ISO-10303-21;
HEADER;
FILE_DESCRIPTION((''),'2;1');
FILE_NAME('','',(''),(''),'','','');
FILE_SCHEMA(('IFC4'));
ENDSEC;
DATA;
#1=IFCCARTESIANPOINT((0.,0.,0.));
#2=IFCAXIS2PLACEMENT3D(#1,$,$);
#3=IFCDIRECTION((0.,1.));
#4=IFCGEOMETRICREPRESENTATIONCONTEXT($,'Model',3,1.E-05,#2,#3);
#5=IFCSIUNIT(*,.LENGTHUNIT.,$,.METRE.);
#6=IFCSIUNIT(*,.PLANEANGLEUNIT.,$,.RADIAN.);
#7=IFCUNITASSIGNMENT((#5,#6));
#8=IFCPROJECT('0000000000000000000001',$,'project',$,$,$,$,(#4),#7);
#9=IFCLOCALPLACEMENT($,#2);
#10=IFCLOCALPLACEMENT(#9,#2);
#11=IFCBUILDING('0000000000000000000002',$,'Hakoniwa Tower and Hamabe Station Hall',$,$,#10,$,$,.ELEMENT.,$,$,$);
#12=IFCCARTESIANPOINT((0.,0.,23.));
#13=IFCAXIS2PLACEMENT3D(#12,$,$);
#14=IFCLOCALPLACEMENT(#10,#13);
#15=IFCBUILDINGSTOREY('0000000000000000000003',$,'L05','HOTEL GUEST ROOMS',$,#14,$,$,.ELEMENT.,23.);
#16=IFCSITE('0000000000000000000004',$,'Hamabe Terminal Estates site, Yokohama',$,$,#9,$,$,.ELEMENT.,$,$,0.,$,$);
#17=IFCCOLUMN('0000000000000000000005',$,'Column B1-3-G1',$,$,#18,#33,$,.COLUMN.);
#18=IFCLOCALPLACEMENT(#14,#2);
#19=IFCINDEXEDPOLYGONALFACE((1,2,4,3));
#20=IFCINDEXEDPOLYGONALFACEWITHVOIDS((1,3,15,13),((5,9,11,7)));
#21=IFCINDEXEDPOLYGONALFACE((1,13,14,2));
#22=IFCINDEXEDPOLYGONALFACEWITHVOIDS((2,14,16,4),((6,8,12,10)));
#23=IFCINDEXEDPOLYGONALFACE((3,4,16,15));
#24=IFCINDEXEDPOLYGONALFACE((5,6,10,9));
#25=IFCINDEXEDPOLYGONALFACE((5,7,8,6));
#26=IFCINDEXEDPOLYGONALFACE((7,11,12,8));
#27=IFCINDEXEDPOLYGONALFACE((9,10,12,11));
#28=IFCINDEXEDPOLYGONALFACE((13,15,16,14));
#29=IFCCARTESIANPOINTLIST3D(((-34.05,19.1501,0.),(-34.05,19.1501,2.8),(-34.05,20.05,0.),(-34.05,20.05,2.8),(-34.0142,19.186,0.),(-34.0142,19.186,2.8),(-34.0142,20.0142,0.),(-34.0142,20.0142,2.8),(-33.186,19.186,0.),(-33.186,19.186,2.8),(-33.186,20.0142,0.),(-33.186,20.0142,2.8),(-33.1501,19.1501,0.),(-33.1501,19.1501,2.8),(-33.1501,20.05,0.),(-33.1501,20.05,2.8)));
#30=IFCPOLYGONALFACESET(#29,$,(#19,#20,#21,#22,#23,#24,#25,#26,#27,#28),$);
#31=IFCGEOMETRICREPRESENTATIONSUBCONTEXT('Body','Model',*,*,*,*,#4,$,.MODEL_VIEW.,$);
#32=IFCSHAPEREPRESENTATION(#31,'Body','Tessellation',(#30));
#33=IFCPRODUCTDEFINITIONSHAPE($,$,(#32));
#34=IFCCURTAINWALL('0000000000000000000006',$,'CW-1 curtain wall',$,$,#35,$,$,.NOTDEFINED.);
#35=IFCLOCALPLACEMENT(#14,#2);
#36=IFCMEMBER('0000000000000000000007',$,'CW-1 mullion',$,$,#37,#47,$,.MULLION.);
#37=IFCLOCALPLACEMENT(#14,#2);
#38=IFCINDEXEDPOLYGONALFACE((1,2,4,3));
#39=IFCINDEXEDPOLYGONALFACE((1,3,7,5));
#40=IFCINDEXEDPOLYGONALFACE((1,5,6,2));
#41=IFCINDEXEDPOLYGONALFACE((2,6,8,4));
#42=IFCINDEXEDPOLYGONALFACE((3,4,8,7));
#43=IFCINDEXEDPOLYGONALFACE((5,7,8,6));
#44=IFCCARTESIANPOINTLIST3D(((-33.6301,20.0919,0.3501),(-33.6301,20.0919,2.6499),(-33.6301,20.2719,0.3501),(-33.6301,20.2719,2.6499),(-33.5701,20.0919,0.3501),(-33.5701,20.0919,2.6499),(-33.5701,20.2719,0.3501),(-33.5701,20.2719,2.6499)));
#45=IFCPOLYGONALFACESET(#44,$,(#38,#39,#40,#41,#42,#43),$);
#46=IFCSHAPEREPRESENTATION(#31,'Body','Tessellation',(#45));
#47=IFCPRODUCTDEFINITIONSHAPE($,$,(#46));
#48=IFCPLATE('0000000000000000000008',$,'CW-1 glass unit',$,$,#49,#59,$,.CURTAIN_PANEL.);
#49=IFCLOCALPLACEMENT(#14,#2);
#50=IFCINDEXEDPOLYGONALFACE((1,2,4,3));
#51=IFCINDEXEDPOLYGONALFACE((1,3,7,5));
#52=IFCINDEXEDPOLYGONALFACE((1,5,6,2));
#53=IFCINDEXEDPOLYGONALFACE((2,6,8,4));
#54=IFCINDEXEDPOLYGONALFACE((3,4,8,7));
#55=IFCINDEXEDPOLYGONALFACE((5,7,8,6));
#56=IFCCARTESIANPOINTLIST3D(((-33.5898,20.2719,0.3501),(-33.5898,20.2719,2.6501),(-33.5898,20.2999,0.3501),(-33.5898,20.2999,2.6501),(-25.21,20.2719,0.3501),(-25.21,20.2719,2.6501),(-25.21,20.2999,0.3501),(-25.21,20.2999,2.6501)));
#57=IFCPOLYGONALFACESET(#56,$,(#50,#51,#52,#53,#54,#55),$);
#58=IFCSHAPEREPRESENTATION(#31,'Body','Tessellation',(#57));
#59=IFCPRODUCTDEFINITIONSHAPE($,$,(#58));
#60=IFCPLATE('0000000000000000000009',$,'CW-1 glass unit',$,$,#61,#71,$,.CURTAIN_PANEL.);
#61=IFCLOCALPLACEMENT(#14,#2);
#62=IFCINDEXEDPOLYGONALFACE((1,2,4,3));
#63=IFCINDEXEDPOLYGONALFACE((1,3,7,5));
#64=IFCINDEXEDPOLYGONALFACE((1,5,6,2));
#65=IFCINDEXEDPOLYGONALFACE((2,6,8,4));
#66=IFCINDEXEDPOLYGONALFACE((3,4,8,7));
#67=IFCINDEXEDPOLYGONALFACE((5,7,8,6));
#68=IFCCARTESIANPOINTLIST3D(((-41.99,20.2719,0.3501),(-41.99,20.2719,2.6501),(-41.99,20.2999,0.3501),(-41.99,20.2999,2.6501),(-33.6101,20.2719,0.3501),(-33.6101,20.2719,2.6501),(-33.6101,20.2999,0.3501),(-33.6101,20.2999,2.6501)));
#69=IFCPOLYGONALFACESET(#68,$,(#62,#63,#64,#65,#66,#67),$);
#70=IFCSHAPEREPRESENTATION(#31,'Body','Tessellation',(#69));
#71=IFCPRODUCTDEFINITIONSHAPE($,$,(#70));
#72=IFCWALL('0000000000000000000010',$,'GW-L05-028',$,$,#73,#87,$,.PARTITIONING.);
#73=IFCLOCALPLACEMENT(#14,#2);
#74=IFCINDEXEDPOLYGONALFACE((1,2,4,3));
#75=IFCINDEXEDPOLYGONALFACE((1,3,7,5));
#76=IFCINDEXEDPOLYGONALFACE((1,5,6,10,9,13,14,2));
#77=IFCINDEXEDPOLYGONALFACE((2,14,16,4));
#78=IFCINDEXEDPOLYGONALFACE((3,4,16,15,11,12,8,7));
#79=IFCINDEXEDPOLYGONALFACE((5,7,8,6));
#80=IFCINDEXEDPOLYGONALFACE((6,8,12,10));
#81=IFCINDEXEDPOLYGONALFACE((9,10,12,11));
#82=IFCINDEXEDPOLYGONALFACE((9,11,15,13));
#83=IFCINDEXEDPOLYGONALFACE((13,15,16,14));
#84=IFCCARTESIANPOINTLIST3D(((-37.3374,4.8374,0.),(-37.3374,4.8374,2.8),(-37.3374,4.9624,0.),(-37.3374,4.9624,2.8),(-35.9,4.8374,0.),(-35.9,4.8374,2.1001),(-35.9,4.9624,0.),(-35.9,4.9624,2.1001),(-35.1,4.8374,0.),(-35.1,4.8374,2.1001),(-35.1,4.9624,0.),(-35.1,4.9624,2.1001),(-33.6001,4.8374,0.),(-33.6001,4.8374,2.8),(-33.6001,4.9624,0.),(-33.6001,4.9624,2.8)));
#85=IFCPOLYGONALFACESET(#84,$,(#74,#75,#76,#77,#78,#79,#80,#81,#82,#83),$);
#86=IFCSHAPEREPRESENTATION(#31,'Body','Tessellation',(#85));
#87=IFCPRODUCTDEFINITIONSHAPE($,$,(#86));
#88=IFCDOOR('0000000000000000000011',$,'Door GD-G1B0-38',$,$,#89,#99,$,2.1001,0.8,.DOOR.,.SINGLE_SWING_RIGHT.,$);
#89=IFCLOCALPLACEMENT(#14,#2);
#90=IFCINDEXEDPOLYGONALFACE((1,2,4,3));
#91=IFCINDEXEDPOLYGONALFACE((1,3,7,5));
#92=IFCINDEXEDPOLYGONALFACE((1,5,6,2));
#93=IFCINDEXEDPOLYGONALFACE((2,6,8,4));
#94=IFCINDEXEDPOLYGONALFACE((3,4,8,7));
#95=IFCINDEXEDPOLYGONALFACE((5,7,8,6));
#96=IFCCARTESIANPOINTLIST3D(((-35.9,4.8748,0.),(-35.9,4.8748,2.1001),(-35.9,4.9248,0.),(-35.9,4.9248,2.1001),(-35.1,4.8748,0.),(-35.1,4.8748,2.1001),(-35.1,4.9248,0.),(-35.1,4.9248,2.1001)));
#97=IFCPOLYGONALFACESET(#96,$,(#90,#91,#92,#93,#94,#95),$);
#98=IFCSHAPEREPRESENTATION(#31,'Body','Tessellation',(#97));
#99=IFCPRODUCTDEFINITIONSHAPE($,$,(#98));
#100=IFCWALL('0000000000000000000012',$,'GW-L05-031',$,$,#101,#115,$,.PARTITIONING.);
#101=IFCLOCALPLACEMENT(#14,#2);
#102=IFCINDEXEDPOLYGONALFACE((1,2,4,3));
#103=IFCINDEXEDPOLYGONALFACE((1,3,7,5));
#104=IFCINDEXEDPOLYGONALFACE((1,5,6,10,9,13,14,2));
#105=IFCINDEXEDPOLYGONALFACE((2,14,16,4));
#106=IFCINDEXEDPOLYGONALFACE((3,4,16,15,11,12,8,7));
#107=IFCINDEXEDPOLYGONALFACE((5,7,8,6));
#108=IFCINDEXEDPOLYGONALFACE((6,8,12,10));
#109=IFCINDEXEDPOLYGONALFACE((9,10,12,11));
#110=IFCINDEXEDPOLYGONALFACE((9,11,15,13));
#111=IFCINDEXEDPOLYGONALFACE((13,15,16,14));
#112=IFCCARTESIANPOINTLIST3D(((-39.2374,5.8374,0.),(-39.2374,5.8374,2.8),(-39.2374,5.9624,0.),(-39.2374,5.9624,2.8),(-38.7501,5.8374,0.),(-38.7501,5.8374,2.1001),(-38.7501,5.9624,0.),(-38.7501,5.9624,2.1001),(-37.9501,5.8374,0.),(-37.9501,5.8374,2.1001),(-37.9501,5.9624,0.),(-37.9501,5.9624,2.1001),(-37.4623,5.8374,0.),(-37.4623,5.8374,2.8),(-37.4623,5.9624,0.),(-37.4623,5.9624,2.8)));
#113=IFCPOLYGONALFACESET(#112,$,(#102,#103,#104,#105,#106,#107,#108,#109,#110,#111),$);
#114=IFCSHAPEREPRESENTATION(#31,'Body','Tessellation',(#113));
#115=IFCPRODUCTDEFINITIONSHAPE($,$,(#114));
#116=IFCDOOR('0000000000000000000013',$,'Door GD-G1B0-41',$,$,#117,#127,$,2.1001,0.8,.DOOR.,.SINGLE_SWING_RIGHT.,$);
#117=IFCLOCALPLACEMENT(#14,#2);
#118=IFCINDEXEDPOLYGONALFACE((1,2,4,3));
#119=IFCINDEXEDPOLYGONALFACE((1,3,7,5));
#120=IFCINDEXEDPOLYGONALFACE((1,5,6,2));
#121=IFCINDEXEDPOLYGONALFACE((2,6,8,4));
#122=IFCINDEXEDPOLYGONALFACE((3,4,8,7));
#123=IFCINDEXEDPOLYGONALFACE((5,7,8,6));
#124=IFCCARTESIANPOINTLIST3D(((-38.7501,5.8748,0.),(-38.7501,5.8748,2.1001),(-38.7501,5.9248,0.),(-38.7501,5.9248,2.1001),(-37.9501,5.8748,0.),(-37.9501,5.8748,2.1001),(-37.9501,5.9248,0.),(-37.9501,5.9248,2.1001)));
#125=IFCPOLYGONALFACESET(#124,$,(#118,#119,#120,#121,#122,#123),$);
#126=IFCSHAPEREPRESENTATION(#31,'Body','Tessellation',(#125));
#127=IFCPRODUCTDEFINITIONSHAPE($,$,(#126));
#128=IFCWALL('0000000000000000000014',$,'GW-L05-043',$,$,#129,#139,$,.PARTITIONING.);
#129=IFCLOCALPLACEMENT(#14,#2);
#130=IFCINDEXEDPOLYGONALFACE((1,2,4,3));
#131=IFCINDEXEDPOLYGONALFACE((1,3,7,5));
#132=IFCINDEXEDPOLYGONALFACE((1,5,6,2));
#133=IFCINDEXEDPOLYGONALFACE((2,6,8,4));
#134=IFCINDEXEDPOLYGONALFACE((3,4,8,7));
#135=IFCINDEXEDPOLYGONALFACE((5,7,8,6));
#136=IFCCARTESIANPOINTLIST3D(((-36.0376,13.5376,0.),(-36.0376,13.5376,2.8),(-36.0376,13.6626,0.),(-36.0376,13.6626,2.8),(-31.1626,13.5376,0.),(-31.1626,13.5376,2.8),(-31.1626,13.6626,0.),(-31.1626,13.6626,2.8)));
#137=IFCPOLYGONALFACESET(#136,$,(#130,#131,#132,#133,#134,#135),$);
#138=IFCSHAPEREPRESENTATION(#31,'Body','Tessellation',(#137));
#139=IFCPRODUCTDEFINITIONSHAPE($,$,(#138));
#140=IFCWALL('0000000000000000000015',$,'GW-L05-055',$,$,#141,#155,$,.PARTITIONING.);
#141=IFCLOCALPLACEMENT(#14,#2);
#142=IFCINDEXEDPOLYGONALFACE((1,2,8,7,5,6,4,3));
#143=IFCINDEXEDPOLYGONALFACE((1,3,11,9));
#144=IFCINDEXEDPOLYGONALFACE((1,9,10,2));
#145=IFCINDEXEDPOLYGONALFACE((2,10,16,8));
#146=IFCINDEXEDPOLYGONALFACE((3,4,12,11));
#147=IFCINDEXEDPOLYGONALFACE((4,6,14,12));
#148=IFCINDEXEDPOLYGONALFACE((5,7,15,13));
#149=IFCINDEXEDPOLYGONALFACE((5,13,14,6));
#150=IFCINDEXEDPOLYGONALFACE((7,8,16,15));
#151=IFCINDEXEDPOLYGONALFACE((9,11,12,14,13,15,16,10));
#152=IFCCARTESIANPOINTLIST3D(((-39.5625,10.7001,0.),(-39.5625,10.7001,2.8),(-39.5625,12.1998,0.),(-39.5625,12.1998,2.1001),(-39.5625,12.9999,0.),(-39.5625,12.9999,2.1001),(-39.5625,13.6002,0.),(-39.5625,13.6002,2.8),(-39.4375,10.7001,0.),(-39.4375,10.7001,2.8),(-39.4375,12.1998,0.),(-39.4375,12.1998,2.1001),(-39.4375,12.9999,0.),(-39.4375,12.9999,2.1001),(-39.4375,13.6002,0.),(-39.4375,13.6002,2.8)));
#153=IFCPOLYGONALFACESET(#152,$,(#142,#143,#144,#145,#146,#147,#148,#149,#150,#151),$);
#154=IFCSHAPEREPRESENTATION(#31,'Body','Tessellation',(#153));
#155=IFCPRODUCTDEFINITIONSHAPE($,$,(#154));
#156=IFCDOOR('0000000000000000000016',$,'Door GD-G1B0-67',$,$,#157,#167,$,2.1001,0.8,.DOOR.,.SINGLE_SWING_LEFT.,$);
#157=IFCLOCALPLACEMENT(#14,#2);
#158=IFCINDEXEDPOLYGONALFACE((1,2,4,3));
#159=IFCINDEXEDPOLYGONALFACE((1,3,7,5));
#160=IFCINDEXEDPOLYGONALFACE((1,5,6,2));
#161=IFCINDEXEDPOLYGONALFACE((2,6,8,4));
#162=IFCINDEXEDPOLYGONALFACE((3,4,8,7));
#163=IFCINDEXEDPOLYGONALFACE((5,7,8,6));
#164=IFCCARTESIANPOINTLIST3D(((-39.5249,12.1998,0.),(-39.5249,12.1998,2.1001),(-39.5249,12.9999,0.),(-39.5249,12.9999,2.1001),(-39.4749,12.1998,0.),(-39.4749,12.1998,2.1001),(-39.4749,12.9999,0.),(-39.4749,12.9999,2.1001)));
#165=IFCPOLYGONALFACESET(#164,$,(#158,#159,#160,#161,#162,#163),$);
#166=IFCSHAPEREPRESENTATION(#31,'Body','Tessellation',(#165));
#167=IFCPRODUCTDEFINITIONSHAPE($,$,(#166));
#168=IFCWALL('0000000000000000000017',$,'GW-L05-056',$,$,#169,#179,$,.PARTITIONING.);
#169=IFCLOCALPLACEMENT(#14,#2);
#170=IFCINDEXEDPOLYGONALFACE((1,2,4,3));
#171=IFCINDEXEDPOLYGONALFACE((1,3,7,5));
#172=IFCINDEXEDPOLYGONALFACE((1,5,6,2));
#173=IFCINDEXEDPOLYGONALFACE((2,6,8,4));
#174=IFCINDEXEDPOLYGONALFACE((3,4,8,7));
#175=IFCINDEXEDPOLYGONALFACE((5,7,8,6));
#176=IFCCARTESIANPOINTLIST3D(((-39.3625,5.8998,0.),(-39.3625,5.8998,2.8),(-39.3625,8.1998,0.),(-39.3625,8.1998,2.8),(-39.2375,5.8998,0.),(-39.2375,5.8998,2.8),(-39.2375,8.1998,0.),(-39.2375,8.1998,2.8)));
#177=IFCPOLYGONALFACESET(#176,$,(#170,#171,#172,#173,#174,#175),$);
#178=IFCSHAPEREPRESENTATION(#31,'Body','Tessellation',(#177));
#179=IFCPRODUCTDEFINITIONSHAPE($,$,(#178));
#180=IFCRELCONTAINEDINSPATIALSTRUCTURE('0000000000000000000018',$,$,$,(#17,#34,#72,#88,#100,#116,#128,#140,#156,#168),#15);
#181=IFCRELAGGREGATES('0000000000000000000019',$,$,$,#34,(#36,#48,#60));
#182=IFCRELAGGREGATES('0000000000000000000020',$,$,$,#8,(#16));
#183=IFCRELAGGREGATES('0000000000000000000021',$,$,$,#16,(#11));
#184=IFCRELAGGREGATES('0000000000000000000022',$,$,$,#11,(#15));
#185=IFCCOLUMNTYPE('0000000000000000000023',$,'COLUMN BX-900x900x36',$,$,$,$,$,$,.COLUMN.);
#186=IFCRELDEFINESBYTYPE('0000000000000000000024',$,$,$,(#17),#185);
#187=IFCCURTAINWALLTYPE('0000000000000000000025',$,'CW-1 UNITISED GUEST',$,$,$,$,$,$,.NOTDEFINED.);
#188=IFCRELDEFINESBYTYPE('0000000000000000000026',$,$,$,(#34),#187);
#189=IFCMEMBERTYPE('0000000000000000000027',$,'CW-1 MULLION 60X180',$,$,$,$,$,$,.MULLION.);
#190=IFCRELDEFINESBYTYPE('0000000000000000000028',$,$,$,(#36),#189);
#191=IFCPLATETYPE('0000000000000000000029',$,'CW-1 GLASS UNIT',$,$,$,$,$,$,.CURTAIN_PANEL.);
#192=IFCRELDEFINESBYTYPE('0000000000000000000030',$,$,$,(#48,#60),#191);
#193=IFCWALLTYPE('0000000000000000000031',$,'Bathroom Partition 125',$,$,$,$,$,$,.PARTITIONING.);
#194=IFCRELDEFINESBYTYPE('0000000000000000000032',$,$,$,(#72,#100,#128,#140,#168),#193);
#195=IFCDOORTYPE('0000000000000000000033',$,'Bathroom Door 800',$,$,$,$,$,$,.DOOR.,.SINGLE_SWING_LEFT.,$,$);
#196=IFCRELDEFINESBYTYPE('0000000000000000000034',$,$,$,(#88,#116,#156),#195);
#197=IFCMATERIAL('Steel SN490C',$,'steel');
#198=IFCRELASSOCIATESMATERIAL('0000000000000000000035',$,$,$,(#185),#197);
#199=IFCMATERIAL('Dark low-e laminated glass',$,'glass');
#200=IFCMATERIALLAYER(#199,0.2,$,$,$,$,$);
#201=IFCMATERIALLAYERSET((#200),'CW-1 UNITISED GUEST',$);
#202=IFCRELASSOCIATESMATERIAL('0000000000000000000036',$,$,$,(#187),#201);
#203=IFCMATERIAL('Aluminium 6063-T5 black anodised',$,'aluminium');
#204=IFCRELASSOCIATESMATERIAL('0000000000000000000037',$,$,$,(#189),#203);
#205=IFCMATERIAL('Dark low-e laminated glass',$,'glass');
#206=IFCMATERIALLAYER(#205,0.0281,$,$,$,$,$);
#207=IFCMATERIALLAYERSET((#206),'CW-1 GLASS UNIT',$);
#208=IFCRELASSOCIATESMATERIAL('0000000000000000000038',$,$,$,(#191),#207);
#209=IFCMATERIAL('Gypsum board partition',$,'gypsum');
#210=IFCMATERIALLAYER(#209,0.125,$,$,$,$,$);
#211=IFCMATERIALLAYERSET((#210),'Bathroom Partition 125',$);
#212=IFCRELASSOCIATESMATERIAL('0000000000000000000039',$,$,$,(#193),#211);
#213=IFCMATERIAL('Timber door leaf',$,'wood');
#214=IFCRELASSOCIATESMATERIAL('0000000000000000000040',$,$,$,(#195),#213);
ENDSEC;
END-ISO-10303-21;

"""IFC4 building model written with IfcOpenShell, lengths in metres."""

from ifc_helpers import new_model, si_unit, direction, frame, frame_2d, origin, origin_2d, place, context, subcontext, project, spatial, rectangle, hollow_rectangle, extrude, material, layer, layer_set, material_profile, profile_set, type_object, element, fill, aggregate, save


model = new_model("IFC4")

# Units and contexts
model_context = context("Model", 3, precision=1e-05, world=origin(), true_north=direction((0.0, 1.0)))
body_context = subcontext(model_context, "Body", "Model", "MODEL_VIEW")
ifc_project = project(units=[si_unit("LENGTHUNIT", "METRE"), si_unit("PLANEANGLEUNIT", "RADIAN")], contexts=[model_context])

# Site, building, storey
site_placement = place(None, origin())
site = spatial("IfcSite", under=ifc_project, at=site_placement, Name="Hamabe Terminal Estates site, Yokohama", CompositionType="ELEMENT", RefElevation=0.0)
building_placement = place(site_placement, origin())
building = spatial("IfcBuilding", under=site, at=building_placement, Name="Hakoniwa Tower and Hamabe Station Hall", CompositionType="ELEMENT")
storey_placement = place(building_placement, frame((0.0, 0.0, 23.0)))
storey = spatial("IfcBuildingStorey", under=building, at=storey_placement, Name="L05", Description="HOTEL GUEST ROOMS", CompositionType="ELEMENT", Elevation=23.0)

# Column
ifc_material_1 = material(Name="Steel SN490C", Category="steel")
ifc_material_profile_1 = material_profile(ifc_material_1, hollow_rectangle(XDim=0.8999, YDim=0.8999, WallThickness=0.0359, at=origin_2d()), Name="BX-900x900x36")
ifc_profile_set_1 = profile_set([ifc_material_profile_1], Name="Steel SN490C")
column_type = type_object("IfcColumnType", Name="COLUMN BX-900x900x36", PredefinedType="COLUMN", material=ifc_profile_set_1)
column_placement = place(storey_placement, frame((-33.6001, 19.6001, 0.0), z_axis=(0.0, 0.0, 1.0), x_axis=(1.0, 0.0, 0.0)))
element("IfcColumn", 1, at=column_placement, inside=storey, type_object=column_type, Name="Column B1-3-G1", PredefinedType="COLUMN", context=body_context, shape_type="SweptSolid", body=[
    extrude(hollow_rectangle(XDim=0.8999, YDim=0.8999, WallThickness=0.0359, at=origin_2d()), origin(), (0.0, 0.0, 1.0), 2.8),
])

# Curtain wall, member, plates
ifc_material_2 = material(Name="Dark low-e laminated glass", Category="glass")
ifc_layer_1 = layer(ifc_material_2, 0.2)
ifc_layer_set_1 = layer_set([ifc_layer_1], Name="CW-1 UNITISED GUEST")
curtain_wall_type = type_object("IfcCurtainWallType", Name="CW-1 UNITISED GUEST", PredefinedType="NOTDEFINED", material=ifc_layer_set_1)
curtain_wall_placement = place(storey_placement, origin())
curtain_wall = element("IfcCurtainWall", 2, at=curtain_wall_placement, inside=storey, type_object=curtain_wall_type, Name="CW-1 curtain wall", PredefinedType="NOTDEFINED")
ifc_material_3 = material(Name="Aluminium 6063-T5 black anodised", Category="aluminium")
ifc_material_profile_2 = material_profile(ifc_material_3, rectangle(XDim=0.0601, YDim=0.1799, at=origin_2d()), Name="CW-1 MULLION 60X180")
ifc_profile_set_2 = profile_set([ifc_material_profile_2], Name="Aluminium 6063-T5 black anodised")
member_type = type_object("IfcMemberType", Name="CW-1 MULLION 60X180", PredefinedType="MULLION", material=ifc_profile_set_2)
member_placement = place(storey_placement, frame((-33.6001, 20.1819, 0.3501), z_axis=(0.0, 0.0, 1.0), x_axis=(-1.0, 0.0, 0.0)))
member = element("IfcMember", 3, at=member_placement, type_object=member_type, Name="CW-1 mullion", PredefinedType="MULLION", context=body_context, shape_type="SweptSolid", body=[
    extrude(rectangle(XDim=0.0601, YDim=0.1799, at=origin_2d()), origin(), (0.0, 0.0, 1.0), 2.2998),
])
ifc_material_4 = material(Name="Dark low-e laminated glass", Category="glass")
ifc_layer_2 = layer(ifc_material_4, 0.0281)
ifc_layer_set_2 = layer_set([ifc_layer_2], Name="CW-1 GLASS UNIT")
plate_type = type_object("IfcPlateType", Name="CW-1 GLASS UNIT", PredefinedType="CURTAIN_PANEL", material=ifc_layer_set_2)
plate_1_placement = place(storey_placement, frame((-29.3999, 20.2859, 0.3501), z_axis=(0.0, 0.0, 1.0), x_axis=(-1.0, 0.0, 0.0)))
plate_1 = element("IfcPlate", 4, at=plate_1_placement, type_object=plate_type, Name="CW-1 glass unit", PredefinedType="CURTAIN_PANEL", context=body_context, shape_type="SweptSolid", body=[
    extrude(rectangle(XDim=8.3799, YDim=0.0281, at=origin_2d()), origin(), (0.0, 0.0, 1.0), 2.3),
])
plate_2_placement = place(storey_placement, frame((-37.8, 20.2859, 0.3501), z_axis=(0.0, 0.0, 1.0), x_axis=(-1.0, 0.0, 0.0)))
plate_2 = element("IfcPlate", 5, at=plate_2_placement, type_object=plate_type, Name="CW-1 glass unit", PredefinedType="CURTAIN_PANEL", context=body_context, shape_type="SweptSolid", body=[
    extrude(rectangle(XDim=8.3799, YDim=0.0281, at=origin_2d()), origin(), (0.0, 0.0, 1.0), 2.3),
])
aggregate(curtain_wall, [member, plate_1, plate_2])

# Walls, openings, doors
ifc_material_5 = material(Name="Gypsum board partition", Category="gypsum")
ifc_layer_3 = layer(ifc_material_5, 0.125)
ifc_layer_set_3 = layer_set([ifc_layer_3], Name="Bathroom Partition 125")
wall_type_1 = type_object("IfcWallType", Name="Bathroom Partition 125", PredefinedType="PARTITIONING", material=ifc_layer_set_3)
wall_1_placement = place(storey_placement, frame((-37.3374, 4.8999, 0.0), z_axis=(0.0, 0.0, 1.0), x_axis=(1.0, 0.0, 0.0)))
wall_1 = element("IfcWall", 6, at=wall_1_placement, inside=storey, type_object=wall_type_1, Name="GW-L05-028", PredefinedType="PARTITIONING", context=body_context, shape_type="SweptSolid", body=[
    extrude(rectangle(XDim=3.7373, YDim=0.125, at=frame_2d((1.8687, 0.0))), origin(), (0.0, 0.0, 1.0), 2.8),
])
opening_1_placement = place(wall_1_placement, frame((1.4375, 0.0, 0.0)))
opening_1 = element("IfcOpeningElement", 7, at=opening_1_placement, cuts=wall_1, PredefinedType="OPENING", context=body_context, shape_type="SweptSolid", body=[
    extrude(rectangle(XDim=0.8, YDim=2.1001, at=frame_2d((0.3999, 1.05))), frame((0.0, 0.0725, 0.0), z_axis=(0.0, -1.0, 0.0), x_axis=(1.0, 0.0, 0.0)), (0.0, 0.0, 1.0), 0.145),
])
ifc_material_6 = material(Name="Timber door leaf", Category="wood")
door_type_1 = type_object("IfcDoorType", Name="Bathroom Door 800", OperationType="SINGLE_SWING_LEFT", PredefinedType="DOOR", material=ifc_material_6)
door_1_placement = place(opening_1_placement, origin())
door_1 = element("IfcDoor", 8, at=door_1_placement, inside=storey, type_object=door_type_1, Name="Door GD-G1B0-38", OperationType="SINGLE_SWING_RIGHT", OverallHeight=2.1001, OverallWidth=0.8, PredefinedType="DOOR", context=body_context, shape_type="SweptSolid", body=[
    extrude(rectangle(XDim=0.8, YDim=2.1001, at=frame_2d((0.3999, 1.05))), frame((0.0, 0.0249, 0.0), z_axis=(0.0, -1.0, 0.0), x_axis=(1.0, 0.0, 0.0)), (0.0, 0.0, 1.0), 0.05),
])
fill(opening_1, door_1)
wall_2_placement = place(storey_placement, frame((-39.2375, 5.8999, 0.0), z_axis=(0.0, 0.0, 1.0), x_axis=(1.0, 0.0, 0.0)))
wall_2 = element("IfcWall", 9, at=wall_2_placement, inside=storey, type_object=wall_type_1, Name="GW-L05-031", PredefinedType="PARTITIONING", context=body_context, shape_type="SweptSolid", body=[
    extrude(rectangle(XDim=1.7751, YDim=0.125, at=frame_2d((0.8877, 0.0))), origin(), (0.0, 0.0, 1.0), 2.8),
])
opening_2_placement = place(wall_2_placement, frame((0.4875, 0.0, 0.0)))
opening_2 = element("IfcOpeningElement", 10, at=opening_2_placement, cuts=wall_2, PredefinedType="OPENING", context=body_context, shape_type="SweptSolid", body=[
    extrude(rectangle(XDim=0.8, YDim=2.1001, at=frame_2d((0.3999, 1.05))), frame((0.0, 0.0725, 0.0), z_axis=(0.0, -1.0, 0.0), x_axis=(1.0, 0.0, 0.0)), (0.0, 0.0, 1.0), 0.145),
])
door_2_placement = place(opening_2_placement, origin())
door_2 = element("IfcDoor", 11, at=door_2_placement, inside=storey, type_object=door_type_1, Name="Door GD-G1B0-41", OperationType="SINGLE_SWING_RIGHT", OverallHeight=2.1001, OverallWidth=0.8, PredefinedType="DOOR", context=body_context, shape_type="SweptSolid", body=[
    extrude(rectangle(XDim=0.8, YDim=2.1001, at=frame_2d((0.3999, 1.05))), frame((0.0, 0.0249, 0.0), z_axis=(0.0, -1.0, 0.0), x_axis=(1.0, 0.0, 0.0)), (0.0, 0.0, 1.0), 0.05),
])
fill(opening_2, door_2)

# Wall
wall_3_placement = place(storey_placement, frame((-36.0376, 13.6001, 0.0), z_axis=(0.0, 0.0, 1.0), x_axis=(1.0, 0.0, 0.0)))
element("IfcWall", 12, at=wall_3_placement, inside=storey, type_object=wall_type_1, Name="GW-L05-043", PredefinedType="PARTITIONING", context=body_context, shape_type="SweptSolid", body=[
    extrude(rectangle(XDim=4.875, YDim=0.125, at=frame_2d((2.4375, 0.0))), origin(), (0.0, 0.0, 1.0), 2.8),
])

# Wall, opening, door
wall_4_placement = place(storey_placement, frame((-39.5, 10.7, 0.0), z_axis=(0.0, 0.0, 1.0), x_axis=(0.0, 1.0, 0.0)))
wall_4 = element("IfcWall", 13, at=wall_4_placement, inside=storey, type_object=wall_type_1, Name="GW-L05-055", PredefinedType="PARTITIONING", context=body_context, shape_type="SweptSolid", body=[
    extrude(rectangle(XDim=2.9001, YDim=0.125, at=frame_2d((1.4502, 0.0))), origin(), (0.0, 0.0, 1.0), 2.8),
])
opening_3_placement = place(wall_4_placement, frame((1.5, 0.0, 0.0)))
opening_3 = element("IfcOpeningElement", 14, at=opening_3_placement, cuts=wall_4, PredefinedType="OPENING", context=body_context, shape_type="SweptSolid", body=[
    extrude(rectangle(XDim=0.8, YDim=2.1001, at=frame_2d((0.3999, 1.05))), frame((0.0, 0.0725, 0.0), z_axis=(0.0, -1.0, 0.0), x_axis=(1.0, 0.0, 0.0)), (0.0, 0.0, 1.0), 0.145),
])
door_3_placement = place(opening_3_placement, origin())
door_3 = element("IfcDoor", 15, at=door_3_placement, inside=storey, type_object=door_type_1, Name="Door GD-G1B0-67", OperationType="SINGLE_SWING_LEFT", OverallHeight=2.1001, OverallWidth=0.8, PredefinedType="DOOR", context=body_context, shape_type="SweptSolid", body=[
    extrude(rectangle(XDim=0.8, YDim=2.1001, at=frame_2d((0.3999, 1.05))), frame((0.0, 0.0249, 0.0), z_axis=(0.0, -1.0, 0.0), x_axis=(1.0, 0.0, 0.0)), (0.0, 0.0, 1.0), 0.05),
])
fill(opening_3, door_3)

# Wall
wall_5_placement = place(storey_placement, frame((-39.3, 5.8999, 0.0), z_axis=(0.0, 0.0, 1.0), x_axis=(0.0, 1.0, 0.0)))
element("IfcWall", 16, at=wall_5_placement, inside=storey, type_object=wall_type_1, Name="GW-L05-056", PredefinedType="PARTITIONING", context=body_context, shape_type="SweptSolid", body=[
    extrude(rectangle(XDim=2.3, YDim=0.125, at=frame_2d((1.1499, 0.0))), origin(), (0.0, 0.0, 1.0), 2.8),
])

save(model, "model.ifc")
